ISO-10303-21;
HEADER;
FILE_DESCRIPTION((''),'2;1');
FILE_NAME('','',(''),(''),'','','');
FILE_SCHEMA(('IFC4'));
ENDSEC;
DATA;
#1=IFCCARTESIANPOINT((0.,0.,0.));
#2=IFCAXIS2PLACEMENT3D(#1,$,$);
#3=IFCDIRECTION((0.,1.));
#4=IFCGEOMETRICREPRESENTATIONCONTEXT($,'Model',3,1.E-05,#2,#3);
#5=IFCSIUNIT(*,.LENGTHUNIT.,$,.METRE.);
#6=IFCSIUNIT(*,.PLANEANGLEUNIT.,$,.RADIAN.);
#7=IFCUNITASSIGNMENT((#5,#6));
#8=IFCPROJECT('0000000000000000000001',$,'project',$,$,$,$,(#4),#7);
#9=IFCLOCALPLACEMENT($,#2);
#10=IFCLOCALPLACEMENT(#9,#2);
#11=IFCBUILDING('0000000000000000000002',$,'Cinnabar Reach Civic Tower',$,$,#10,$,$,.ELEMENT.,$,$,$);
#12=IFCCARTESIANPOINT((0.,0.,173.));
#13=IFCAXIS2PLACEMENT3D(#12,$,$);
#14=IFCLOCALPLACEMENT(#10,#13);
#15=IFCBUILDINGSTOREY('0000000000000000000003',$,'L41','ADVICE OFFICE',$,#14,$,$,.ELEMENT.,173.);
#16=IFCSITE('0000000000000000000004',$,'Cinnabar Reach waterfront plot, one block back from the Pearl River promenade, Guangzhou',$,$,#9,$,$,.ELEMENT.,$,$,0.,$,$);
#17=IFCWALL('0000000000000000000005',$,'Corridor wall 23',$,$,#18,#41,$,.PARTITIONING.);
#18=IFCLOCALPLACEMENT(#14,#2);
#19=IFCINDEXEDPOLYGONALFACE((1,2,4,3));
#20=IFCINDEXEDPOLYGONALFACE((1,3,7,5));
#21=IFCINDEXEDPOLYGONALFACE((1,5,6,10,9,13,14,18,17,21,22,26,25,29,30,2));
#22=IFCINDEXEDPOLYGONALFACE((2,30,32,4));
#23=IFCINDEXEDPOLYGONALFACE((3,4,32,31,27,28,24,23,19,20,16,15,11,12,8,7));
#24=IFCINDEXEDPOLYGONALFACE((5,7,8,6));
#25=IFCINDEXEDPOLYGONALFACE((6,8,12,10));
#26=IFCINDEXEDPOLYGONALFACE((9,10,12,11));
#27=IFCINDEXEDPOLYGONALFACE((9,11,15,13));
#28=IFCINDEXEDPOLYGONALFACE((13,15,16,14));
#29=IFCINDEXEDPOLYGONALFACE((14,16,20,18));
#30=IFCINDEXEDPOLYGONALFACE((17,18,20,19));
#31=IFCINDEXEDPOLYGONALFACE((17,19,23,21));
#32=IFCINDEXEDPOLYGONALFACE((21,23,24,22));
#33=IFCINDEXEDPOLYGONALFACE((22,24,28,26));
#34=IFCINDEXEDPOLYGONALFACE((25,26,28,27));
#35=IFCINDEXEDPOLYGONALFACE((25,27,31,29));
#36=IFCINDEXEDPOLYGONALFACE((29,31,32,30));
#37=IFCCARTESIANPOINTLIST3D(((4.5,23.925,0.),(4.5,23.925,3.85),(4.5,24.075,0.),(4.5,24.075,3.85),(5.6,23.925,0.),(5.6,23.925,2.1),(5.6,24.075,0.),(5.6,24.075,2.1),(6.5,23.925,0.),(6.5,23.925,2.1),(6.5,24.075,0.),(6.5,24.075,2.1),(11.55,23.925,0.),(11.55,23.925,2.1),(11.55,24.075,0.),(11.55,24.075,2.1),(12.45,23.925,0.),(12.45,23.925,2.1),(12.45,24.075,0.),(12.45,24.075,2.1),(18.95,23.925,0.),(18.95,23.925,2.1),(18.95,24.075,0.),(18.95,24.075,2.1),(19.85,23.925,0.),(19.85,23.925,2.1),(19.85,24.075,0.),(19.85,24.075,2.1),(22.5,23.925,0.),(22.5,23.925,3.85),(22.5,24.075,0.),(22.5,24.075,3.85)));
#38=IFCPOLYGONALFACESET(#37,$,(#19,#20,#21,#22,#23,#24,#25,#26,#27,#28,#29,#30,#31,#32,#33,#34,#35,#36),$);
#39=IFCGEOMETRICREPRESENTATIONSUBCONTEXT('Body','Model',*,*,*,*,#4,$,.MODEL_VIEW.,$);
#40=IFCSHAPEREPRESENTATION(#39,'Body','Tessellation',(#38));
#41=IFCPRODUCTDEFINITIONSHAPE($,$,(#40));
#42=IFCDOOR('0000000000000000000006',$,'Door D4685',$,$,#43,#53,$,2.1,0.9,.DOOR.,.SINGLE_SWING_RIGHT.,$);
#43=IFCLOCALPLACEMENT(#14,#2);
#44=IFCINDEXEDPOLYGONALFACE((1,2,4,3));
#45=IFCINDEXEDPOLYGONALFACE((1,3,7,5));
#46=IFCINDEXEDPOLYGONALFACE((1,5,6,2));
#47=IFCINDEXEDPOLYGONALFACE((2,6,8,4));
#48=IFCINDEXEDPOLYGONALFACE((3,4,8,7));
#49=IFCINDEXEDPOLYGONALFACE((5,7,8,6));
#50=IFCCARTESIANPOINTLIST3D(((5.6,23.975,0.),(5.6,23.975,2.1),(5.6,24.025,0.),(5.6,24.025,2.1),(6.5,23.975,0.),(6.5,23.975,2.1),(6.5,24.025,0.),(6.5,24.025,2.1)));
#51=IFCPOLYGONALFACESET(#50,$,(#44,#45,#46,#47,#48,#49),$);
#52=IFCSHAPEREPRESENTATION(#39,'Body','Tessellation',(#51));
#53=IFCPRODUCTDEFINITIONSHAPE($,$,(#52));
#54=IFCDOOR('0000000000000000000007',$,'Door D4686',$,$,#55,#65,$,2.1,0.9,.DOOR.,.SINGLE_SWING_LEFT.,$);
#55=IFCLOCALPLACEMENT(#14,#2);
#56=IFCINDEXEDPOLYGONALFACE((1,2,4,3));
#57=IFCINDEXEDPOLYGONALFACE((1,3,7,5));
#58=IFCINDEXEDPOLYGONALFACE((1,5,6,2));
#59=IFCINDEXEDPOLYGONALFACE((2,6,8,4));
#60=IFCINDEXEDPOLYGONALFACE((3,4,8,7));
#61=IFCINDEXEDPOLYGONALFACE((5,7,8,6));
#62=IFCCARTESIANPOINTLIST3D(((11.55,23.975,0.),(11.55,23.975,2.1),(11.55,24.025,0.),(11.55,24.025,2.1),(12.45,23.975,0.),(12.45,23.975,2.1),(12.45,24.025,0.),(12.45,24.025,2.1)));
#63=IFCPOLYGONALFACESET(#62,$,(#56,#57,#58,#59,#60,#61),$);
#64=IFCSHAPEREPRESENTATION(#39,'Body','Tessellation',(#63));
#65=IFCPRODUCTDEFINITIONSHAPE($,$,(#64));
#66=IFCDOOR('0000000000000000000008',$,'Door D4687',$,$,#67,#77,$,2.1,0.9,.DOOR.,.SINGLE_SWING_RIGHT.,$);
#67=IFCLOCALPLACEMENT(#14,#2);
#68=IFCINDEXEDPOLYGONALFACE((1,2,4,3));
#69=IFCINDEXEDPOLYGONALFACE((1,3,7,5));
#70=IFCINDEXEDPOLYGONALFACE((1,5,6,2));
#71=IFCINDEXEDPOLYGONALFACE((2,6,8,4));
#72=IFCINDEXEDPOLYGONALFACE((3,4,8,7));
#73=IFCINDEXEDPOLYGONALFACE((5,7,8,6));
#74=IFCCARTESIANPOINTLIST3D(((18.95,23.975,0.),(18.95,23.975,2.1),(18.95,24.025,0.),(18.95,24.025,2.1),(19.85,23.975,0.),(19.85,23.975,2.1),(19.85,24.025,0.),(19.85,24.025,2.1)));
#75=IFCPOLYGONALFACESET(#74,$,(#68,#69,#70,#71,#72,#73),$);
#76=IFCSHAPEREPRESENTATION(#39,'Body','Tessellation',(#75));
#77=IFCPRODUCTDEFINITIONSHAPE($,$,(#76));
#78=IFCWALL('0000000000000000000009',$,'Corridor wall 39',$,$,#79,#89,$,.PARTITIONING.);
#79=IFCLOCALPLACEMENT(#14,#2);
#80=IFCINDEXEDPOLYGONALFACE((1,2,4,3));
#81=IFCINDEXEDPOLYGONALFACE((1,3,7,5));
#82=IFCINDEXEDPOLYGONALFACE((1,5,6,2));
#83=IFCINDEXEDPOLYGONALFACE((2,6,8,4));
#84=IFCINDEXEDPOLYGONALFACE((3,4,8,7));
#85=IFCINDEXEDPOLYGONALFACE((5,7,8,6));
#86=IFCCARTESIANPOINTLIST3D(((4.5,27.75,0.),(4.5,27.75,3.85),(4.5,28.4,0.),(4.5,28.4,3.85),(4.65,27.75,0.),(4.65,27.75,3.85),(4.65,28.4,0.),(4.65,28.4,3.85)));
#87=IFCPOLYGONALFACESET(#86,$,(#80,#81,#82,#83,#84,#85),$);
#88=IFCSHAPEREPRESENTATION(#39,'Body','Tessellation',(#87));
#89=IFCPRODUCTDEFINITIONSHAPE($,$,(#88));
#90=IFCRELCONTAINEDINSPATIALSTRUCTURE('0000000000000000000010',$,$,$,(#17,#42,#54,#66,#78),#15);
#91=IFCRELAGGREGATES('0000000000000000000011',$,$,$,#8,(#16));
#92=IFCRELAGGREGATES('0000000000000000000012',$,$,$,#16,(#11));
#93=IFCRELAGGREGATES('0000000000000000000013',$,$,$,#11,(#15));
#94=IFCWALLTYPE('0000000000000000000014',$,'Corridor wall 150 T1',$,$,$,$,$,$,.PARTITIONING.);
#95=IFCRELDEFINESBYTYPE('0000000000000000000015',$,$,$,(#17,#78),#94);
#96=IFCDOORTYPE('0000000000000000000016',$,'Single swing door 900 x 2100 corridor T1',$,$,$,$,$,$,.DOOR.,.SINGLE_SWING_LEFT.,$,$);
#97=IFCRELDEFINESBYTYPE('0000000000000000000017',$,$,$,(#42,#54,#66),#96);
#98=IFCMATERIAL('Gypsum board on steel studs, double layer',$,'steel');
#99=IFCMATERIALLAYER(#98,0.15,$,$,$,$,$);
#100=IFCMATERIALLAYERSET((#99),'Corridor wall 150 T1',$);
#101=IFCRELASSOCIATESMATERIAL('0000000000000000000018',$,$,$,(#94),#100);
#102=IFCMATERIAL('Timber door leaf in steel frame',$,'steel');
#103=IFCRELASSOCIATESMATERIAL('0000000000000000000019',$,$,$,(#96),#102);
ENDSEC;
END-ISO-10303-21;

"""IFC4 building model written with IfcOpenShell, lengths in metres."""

from ifc_helpers import new_model, si_unit, direction, frame, frame_2d, origin, place, context, subcontext, project, spatial, rectangle, extrude, material, layer, layer_set, type_object, element, fill, save


model = new_model("IFC4")

# Units and contexts
model_context = context("Model", 3, precision=1e-05, world=origin(), true_north=direction((0.0, 1.0)))
body_context = subcontext(model_context, "Body", "Model", "MODEL_VIEW")
ifc_project = project(units=[si_unit("LENGTHUNIT", "METRE"), si_unit("PLANEANGLEUNIT", "RADIAN")], contexts=[model_context])

# Site, building, storey
site_placement = place(None, origin())
site = spatial("IfcSite", under=ifc_project, at=site_placement, Name="Cinnabar Reach waterfront plot, one block back from the Pearl River promenade, Guangzhou", CompositionType="ELEMENT", RefElevation=0.0)
building_placement = place(site_placement, origin())
building = spatial("IfcBuilding", under=site, at=building_placement, Name="Cinnabar Reach Civic Tower", CompositionType="ELEMENT")
storey_placement = place(building_placement, frame((0.0, 0.0, 173.0)))
storey = spatial("IfcBuildingStorey", under=building, at=storey_placement, Name="L41", Description="ADVICE OFFICE", CompositionType="ELEMENT", Elevation=173.0)

# Shared definitions
ifc_material_1 = material(Name="Gypsum board on steel studs, double layer", Category="steel")
ifc_layer_1 = layer(ifc_material_1, 0.15)
ifc_layer_set_1 = layer_set([ifc_layer_1], Name="Corridor wall 150 T1")
wall_type_1 = type_object("IfcWallType", Name="Corridor wall 150 T1", PredefinedType="PARTITIONING", material=ifc_layer_set_1)

# Wall, openings, doors
wall_1_placement = place(storey_placement, frame((4.5, 24.0, 0.0), z_axis=(0.0, 0.0, 1.0), x_axis=(1.0, 0.0, 0.0)))
wall_1 = element("IfcWall", 1, at=wall_1_placement, inside=storey, type_object=wall_type_1, Name="Corridor wall 23", PredefinedType="PARTITIONING", context=body_context, shape_type="SweptSolid", body=[
    extrude(rectangle(XDim=18.0, YDim=0.15, at=frame_2d((9.0, 0.0))), origin(), (0.0, 0.0, 1.0), 3.85),
])
opening_1_placement = place(wall_1_placement, frame((1.1, 0.0, 0.0)))
opening_1 = element("IfcOpeningElement", 2, at=opening_1_placement, cuts=wall_1, PredefinedType="OPENING", context=body_context, shape_type="SweptSolid", body=[
    extrude(rectangle(XDim=0.9, YDim=2.1, at=frame_2d((0.45, 1.05))), frame((0.0, 0.085, 0.0), z_axis=(0.0, -1.0, 0.0), x_axis=(1.0, 0.0, 0.0)), (0.0, 0.0, 1.0), 0.17),
])
opening_2_placement = place(wall_1_placement, frame((7.05, 0.0, 0.0)))
opening_2 = element("IfcOpeningElement", 3, at=opening_2_placement, cuts=wall_1, PredefinedType="OPENING", context=body_context, shape_type="SweptSolid", body=[
    extrude(rectangle(XDim=0.9, YDim=2.1, at=frame_2d((0.45, 1.05))), frame((0.0, 0.085, 0.0), z_axis=(0.0, -1.0, 0.0), x_axis=(1.0, 0.0, 0.0)), (0.0, 0.0, 1.0), 0.17),
])
opening_3_placement = place(wall_1_placement, frame((14.45, 0.0, 0.0)))
opening_3 = element("IfcOpeningElement", 4, at=opening_3_placement, cuts=wall_1, PredefinedType="OPENING", context=body_context, shape_type="SweptSolid", body=[
    extrude(rectangle(XDim=0.9, YDim=2.1, at=frame_2d((0.45, 1.05))), frame((0.0, 0.085, 0.0), z_axis=(0.0, -1.0, 0.0), x_axis=(1.0, 0.0, 0.0)), (0.0, 0.0, 1.0), 0.17),
])
ifc_material_2 = material(Name="Timber door leaf in steel frame", Category="steel")
door_type_1 = type_object("IfcDoorType", Name="Single swing door 900 x 2100 corridor T1", OperationType="SINGLE_SWING_LEFT", PredefinedType="DOOR", material=ifc_material_2)
door_1_placement = place(opening_1_placement, frame((0.9, 0.0, 0.0), z_axis=(0.0, 0.0, 1.0), x_axis=(-1.0, 0.0, 0.0)))
door_1 = element("IfcDoor", 5, at=door_1_placement, inside=storey, type_object=door_type_1, Name="Door D4685", OperationType="SINGLE_SWING_RIGHT", OverallHeight=2.1, OverallWidth=0.9, PredefinedType="DOOR", context=body_context, shape_type="SweptSolid", body=[
    extrude(rectangle(XDim=0.9, YDim=2.1, at=frame_2d((0.45, 1.05))), frame((0.0, 0.025, 0.0), z_axis=(0.0, -1.0, 0.0), x_axis=(1.0, 0.0, 0.0)), (0.0, 0.0, 1.0), 0.05),
])
fill(opening_1, door_1)
door_2_placement = place(opening_2_placement, frame((0.9, 0.0, 0.0), z_axis=(0.0, 0.0, 1.0), x_axis=(-1.0, 0.0, 0.0)))
door_2 = element("IfcDoor", 6, at=door_2_placement, inside=storey, type_object=door_type_1, Name="Door D4686", OperationType="SINGLE_SWING_LEFT", OverallHeight=2.1, OverallWidth=0.9, PredefinedType="DOOR", context=body_context, shape_type="SweptSolid", body=[
    extrude(rectangle(XDim=0.9, YDim=2.1, at=frame_2d((0.45, 1.05))), frame((0.0, 0.025, 0.0), z_axis=(0.0, -1.0, 0.0), x_axis=(1.0, 0.0, 0.0)), (0.0, 0.0, 1.0), 0.05),
])
fill(opening_2, door_2)
door_3_placement = place(opening_3_placement, frame((0.9, 0.0, 0.0), z_axis=(0.0, 0.0, 1.0), x_axis=(-1.0, 0.0, 0.0)))
door_3 = element("IfcDoor", 7, at=door_3_placement, inside=storey, type_object=door_type_1, Name="Door D4687", OperationType="SINGLE_SWING_RIGHT", OverallHeight=2.1, OverallWidth=0.9, PredefinedType="DOOR", context=body_context, shape_type="SweptSolid", body=[
    extrude(rectangle(XDim=0.9, YDim=2.1, at=frame_2d((0.45, 1.05))), frame((0.0, 0.025, 0.0), z_axis=(0.0, -1.0, 0.0), x_axis=(1.0, 0.0, 0.0)), (0.0, 0.0, 1.0), 0.05),
])
fill(opening_3, door_3)

# Wall
wall_2_placement = place(storey_placement, frame((4.575, 27.75, 0.0), z_axis=(0.0, 0.0, 1.0), x_axis=(0.0, 1.0, 0.0)))
element("IfcWall", 8, at=wall_2_placement, inside=storey, type_object=wall_type_1, Name="Corridor wall 39", PredefinedType="PARTITIONING", context=body_context, shape_type="SweptSolid", body=[
    extrude(rectangle(XDim=0.65, YDim=0.15, at=frame_2d((0.325, 0.0))), origin(), (0.0, 0.0, 1.0), 3.85),
])

save(model, "model.ifc")
